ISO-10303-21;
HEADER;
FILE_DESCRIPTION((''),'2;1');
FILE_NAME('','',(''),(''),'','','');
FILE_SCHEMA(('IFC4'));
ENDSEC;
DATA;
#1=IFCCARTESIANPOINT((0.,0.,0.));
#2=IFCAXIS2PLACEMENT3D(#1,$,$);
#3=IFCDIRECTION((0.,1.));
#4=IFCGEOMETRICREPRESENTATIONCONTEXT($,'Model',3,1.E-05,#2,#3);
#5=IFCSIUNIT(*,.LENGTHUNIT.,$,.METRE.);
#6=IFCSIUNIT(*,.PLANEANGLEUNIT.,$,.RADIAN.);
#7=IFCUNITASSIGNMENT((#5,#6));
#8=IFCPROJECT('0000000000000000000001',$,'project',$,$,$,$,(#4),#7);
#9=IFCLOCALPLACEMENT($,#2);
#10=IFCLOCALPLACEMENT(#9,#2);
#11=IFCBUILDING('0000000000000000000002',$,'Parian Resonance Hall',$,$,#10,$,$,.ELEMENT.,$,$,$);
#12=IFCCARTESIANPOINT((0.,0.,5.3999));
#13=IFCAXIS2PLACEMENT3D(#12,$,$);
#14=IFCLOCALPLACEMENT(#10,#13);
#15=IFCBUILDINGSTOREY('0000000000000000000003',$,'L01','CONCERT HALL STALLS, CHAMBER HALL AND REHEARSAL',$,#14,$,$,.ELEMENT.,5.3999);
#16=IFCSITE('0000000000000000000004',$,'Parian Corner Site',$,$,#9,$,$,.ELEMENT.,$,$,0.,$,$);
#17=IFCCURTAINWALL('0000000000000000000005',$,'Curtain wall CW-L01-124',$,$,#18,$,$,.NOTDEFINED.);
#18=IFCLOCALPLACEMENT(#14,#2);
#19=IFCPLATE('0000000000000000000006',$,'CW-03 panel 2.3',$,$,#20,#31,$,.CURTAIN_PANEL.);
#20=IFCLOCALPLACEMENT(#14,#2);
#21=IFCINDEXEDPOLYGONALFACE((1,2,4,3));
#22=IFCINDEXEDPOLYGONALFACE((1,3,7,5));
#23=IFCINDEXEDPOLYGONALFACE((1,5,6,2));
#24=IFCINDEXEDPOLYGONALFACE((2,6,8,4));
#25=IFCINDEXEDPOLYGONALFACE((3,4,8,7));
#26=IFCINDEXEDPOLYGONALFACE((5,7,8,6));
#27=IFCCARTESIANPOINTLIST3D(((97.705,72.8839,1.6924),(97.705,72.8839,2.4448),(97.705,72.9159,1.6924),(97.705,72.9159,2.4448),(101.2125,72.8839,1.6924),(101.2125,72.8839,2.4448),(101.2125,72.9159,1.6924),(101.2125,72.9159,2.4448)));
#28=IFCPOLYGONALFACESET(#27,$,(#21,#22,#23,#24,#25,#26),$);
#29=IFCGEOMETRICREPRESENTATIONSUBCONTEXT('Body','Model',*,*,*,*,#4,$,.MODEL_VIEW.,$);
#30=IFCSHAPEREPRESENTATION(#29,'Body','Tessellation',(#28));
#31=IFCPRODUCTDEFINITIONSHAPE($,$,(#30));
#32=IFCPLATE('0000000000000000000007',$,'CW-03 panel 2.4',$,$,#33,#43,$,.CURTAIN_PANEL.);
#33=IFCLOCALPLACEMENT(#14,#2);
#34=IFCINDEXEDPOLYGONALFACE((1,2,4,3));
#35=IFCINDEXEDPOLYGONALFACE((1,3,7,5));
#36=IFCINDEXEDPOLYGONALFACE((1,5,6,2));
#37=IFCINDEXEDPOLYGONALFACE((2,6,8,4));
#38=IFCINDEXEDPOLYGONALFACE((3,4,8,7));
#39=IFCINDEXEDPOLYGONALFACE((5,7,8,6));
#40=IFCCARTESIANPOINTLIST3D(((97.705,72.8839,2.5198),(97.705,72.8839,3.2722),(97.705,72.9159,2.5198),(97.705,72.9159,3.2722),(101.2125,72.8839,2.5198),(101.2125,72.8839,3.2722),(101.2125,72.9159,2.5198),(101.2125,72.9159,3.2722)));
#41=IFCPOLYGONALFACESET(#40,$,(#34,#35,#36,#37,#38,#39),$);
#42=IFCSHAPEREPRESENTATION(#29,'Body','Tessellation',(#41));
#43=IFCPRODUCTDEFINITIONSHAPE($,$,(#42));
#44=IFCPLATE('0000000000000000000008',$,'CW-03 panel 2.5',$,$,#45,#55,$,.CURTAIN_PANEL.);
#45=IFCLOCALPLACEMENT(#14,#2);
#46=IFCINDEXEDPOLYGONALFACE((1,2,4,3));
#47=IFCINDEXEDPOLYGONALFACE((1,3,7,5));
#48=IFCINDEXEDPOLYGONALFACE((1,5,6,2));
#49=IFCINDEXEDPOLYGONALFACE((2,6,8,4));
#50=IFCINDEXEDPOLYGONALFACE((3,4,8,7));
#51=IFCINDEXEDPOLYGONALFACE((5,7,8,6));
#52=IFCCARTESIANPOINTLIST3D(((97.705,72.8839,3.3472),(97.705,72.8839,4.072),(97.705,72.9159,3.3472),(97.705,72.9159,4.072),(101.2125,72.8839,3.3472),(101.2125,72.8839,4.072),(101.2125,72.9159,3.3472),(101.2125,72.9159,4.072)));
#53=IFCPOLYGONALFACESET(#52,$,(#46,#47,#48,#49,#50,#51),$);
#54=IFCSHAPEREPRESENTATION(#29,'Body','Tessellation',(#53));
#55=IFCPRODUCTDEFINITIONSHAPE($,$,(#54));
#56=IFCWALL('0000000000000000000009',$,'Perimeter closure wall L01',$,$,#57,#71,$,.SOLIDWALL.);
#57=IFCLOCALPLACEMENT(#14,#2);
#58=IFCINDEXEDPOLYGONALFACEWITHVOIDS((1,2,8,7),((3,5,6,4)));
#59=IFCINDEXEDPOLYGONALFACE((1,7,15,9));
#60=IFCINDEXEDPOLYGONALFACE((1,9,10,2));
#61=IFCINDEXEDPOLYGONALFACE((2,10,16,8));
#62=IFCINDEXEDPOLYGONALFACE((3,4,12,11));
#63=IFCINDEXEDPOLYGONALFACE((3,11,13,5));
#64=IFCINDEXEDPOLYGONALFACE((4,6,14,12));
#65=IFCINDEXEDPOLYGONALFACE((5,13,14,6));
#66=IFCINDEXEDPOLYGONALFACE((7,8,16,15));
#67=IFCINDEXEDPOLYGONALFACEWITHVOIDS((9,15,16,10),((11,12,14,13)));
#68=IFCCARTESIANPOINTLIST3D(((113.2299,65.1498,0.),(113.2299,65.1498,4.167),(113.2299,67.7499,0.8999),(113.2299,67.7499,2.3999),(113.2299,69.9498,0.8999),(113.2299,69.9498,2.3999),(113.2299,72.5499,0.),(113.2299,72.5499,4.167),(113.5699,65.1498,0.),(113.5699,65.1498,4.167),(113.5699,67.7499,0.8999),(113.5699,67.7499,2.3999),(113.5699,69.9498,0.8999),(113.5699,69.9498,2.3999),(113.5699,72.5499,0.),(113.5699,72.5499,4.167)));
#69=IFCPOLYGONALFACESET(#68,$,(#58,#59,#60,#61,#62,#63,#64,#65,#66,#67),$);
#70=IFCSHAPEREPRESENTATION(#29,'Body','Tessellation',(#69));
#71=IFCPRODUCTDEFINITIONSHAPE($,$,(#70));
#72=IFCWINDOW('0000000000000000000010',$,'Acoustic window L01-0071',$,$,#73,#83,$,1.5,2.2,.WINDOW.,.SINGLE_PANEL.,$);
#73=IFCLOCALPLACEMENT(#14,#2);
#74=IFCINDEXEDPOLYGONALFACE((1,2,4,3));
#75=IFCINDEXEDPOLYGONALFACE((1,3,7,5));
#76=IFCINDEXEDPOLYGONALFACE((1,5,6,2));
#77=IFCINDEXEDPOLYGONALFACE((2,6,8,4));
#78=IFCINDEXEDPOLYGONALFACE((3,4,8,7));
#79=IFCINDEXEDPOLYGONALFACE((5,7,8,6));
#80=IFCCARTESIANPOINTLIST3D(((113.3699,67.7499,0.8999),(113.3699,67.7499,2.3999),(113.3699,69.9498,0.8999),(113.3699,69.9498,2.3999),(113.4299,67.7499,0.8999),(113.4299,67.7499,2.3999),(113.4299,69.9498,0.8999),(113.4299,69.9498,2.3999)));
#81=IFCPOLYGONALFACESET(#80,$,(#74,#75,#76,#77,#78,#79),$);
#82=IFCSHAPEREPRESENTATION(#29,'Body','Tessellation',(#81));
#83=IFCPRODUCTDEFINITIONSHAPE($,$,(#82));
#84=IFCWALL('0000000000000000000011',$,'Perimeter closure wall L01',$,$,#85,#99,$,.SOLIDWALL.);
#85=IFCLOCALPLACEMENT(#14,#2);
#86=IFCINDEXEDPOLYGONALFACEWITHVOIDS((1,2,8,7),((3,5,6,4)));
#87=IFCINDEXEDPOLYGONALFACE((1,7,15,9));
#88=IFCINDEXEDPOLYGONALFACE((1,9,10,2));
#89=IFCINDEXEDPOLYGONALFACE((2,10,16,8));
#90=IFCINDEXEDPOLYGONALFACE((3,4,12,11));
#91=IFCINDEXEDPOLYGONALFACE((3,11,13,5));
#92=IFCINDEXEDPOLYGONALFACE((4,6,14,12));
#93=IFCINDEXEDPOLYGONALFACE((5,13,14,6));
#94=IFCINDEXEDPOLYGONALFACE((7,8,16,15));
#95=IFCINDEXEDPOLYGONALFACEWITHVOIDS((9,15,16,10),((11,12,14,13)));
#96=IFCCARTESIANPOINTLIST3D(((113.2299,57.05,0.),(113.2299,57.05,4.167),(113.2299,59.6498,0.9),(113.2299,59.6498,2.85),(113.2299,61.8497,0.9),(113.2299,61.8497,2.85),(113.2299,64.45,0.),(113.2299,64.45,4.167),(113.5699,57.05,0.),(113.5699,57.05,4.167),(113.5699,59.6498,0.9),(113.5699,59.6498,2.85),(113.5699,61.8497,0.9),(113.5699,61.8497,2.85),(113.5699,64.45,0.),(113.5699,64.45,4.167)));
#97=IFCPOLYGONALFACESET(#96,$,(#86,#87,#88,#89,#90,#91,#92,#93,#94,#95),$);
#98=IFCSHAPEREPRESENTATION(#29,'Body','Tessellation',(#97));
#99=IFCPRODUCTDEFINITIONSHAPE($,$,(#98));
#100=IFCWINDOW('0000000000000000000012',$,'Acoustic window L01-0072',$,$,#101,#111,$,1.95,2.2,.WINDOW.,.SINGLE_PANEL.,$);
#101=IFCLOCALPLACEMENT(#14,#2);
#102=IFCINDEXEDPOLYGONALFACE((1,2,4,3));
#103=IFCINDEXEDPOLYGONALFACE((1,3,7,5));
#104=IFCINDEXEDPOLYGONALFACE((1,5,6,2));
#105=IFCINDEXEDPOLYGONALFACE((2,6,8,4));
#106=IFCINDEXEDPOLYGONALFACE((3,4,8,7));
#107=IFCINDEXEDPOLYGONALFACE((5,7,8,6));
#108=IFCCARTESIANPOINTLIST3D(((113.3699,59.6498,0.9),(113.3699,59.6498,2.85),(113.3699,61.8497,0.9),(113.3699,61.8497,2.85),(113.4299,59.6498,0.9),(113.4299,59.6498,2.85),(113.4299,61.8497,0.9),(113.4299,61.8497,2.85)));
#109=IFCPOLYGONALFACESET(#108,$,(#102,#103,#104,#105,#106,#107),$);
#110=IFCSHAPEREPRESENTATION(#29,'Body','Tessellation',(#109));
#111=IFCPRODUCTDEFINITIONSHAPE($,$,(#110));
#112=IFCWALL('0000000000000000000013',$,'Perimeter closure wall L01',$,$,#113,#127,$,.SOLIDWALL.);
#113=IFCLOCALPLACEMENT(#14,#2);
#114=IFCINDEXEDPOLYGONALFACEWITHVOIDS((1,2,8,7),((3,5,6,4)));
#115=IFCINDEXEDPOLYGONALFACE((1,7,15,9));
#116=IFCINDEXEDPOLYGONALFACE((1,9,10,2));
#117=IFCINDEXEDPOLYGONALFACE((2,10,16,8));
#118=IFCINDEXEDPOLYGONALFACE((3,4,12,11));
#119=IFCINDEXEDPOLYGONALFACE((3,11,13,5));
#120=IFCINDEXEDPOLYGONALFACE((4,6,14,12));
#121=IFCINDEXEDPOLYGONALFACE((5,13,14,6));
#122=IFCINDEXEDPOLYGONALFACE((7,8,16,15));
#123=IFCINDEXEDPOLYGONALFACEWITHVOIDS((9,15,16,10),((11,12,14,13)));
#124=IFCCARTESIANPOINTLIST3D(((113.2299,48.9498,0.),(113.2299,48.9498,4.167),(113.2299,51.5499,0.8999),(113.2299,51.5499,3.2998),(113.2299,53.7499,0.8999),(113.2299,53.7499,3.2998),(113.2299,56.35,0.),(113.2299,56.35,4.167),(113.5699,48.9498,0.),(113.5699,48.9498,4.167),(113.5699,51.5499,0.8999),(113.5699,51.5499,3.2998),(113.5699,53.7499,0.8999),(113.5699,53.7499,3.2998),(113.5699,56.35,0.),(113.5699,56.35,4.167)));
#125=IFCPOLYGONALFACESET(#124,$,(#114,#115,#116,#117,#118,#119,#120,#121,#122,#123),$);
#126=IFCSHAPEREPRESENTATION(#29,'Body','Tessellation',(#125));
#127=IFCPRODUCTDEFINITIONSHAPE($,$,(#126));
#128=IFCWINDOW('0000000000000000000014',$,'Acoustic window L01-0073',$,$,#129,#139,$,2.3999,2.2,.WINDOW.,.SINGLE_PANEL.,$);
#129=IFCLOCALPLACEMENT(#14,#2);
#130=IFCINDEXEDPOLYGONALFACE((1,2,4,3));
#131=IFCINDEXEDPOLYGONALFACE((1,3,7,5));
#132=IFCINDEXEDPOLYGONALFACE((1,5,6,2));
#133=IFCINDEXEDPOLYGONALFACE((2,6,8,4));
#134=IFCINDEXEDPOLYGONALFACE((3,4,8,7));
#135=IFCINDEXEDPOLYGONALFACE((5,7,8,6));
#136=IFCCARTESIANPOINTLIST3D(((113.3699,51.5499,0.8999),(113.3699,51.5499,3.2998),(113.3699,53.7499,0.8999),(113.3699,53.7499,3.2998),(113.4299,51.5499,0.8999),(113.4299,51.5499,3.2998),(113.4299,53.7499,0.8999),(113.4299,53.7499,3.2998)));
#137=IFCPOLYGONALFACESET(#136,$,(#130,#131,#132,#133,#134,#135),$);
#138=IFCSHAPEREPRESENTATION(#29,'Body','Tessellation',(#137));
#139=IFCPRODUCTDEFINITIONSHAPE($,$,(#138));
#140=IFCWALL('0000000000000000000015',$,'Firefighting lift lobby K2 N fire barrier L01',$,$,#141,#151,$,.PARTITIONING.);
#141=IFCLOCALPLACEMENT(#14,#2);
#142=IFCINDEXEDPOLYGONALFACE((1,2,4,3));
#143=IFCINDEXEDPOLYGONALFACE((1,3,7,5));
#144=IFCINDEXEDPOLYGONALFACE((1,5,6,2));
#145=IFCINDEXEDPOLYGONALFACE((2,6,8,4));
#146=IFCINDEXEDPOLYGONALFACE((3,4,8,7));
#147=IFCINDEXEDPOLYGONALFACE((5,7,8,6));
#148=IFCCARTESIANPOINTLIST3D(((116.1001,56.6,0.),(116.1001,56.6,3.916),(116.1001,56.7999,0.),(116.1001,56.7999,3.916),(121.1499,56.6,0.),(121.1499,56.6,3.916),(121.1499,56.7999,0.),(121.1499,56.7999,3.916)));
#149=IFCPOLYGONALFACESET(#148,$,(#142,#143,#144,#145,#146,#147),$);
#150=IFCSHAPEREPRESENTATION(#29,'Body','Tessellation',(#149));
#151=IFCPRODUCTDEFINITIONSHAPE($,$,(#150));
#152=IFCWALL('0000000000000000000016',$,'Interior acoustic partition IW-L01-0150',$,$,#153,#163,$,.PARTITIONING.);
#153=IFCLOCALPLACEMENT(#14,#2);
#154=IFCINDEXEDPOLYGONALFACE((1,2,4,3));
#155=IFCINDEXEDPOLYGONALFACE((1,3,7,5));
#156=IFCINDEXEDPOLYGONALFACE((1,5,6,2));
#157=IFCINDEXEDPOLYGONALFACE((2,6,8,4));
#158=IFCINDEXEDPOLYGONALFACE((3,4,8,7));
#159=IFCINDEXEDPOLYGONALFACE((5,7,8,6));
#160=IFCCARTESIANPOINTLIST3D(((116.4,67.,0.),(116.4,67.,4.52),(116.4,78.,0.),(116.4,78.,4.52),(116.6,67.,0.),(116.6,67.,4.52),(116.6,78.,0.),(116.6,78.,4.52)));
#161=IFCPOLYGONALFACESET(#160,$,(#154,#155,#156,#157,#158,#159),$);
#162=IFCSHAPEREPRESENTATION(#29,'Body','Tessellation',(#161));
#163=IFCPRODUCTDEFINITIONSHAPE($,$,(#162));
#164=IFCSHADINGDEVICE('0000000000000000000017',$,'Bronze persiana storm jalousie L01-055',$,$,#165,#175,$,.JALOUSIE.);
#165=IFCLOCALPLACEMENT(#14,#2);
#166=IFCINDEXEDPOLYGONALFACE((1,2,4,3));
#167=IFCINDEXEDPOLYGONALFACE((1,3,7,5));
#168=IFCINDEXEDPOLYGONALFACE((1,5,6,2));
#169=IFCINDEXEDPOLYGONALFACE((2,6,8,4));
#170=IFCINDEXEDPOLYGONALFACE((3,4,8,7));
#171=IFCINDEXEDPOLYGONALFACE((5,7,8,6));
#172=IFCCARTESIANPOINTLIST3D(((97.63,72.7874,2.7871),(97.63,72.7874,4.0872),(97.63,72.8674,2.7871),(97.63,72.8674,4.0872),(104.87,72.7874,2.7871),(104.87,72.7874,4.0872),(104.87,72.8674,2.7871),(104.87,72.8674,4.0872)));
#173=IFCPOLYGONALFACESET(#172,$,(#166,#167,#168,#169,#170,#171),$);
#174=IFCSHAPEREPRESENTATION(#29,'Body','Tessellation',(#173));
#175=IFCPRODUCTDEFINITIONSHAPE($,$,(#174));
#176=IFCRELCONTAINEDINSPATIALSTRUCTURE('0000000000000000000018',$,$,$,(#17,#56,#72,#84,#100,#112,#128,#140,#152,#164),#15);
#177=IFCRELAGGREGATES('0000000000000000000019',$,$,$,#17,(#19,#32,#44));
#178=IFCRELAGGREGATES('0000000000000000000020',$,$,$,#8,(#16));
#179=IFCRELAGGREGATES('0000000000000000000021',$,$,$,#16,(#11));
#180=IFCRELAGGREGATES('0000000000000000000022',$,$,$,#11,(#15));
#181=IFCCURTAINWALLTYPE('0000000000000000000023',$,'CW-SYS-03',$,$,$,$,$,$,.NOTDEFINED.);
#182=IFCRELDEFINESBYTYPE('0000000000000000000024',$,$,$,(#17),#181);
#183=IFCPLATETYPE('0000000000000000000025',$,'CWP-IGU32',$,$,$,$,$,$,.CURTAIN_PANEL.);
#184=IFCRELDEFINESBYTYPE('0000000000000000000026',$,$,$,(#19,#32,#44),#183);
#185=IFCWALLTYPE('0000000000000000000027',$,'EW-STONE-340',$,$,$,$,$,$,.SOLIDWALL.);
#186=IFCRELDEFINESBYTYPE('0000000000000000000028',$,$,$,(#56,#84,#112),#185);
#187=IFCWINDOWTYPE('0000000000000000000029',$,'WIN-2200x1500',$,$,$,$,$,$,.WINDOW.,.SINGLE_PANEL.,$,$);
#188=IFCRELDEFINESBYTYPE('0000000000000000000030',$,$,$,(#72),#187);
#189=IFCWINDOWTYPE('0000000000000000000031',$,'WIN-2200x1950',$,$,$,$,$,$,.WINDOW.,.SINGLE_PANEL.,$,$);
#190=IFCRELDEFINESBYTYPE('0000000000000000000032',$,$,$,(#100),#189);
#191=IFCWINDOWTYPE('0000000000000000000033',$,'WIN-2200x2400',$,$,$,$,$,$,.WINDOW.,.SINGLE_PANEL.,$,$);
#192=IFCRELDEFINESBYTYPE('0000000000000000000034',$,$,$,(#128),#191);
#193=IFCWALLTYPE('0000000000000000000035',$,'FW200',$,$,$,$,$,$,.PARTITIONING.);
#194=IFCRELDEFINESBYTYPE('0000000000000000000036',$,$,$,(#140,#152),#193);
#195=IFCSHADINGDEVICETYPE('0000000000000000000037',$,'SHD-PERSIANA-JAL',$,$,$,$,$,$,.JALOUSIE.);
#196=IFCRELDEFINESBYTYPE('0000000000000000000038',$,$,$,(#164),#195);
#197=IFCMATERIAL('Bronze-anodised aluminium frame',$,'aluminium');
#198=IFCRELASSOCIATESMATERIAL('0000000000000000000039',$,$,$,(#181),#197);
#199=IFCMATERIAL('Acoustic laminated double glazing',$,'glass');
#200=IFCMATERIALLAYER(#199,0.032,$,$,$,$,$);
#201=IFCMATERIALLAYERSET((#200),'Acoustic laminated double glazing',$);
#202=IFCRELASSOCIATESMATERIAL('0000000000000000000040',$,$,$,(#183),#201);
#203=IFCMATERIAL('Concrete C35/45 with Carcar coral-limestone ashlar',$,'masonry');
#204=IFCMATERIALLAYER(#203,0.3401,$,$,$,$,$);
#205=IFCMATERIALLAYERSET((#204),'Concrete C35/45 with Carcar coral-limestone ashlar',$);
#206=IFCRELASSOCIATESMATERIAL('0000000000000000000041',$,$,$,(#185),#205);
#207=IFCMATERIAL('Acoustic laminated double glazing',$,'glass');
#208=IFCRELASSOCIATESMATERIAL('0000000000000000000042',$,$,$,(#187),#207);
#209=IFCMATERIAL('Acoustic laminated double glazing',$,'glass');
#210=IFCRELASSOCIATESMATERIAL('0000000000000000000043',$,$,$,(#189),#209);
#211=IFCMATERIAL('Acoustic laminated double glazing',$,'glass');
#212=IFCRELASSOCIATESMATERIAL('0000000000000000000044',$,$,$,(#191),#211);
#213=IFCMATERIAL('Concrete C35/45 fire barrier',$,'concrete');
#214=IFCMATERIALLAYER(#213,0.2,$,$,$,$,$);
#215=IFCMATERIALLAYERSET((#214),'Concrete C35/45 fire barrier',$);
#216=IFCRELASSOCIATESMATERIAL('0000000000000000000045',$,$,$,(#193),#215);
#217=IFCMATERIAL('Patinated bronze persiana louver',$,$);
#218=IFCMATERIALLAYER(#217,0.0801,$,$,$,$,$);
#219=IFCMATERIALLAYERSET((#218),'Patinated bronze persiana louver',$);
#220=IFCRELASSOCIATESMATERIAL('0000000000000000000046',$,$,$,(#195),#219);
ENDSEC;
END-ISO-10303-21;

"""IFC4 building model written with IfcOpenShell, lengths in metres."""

from ifc_helpers import new_model, si_unit, direction, frame, frame_2d, origin, origin_2d, place, context, subcontext, project, spatial, rectangle, extrude, material, layer, layer_set, type_object, element, fill, aggregate, save


model = new_model("IFC4")

# Units and contexts
model_context = context("Model", 3, precision=1e-05, world=origin(), true_north=direction((0.0, 1.0)))
body_context = subcontext(model_context, "Body", "Model", "MODEL_VIEW")
ifc_project = project(units=[si_unit("LENGTHUNIT", "METRE"), si_unit("PLANEANGLEUNIT", "RADIAN")], contexts=[model_context])

# Site, building, storey
site_placement = place(None, origin())
site = spatial("IfcSite", under=ifc_project, at=site_placement, Name="Parian Corner Site", CompositionType="ELEMENT", RefElevation=0.0)
building_placement = place(site_placement, origin())
building = spatial("IfcBuilding", under=site, at=building_placement, Name="Parian Resonance Hall", CompositionType="ELEMENT")
storey_placement = place(building_placement, frame((0.0, 0.0, 5.3999)))
storey = spatial("IfcBuildingStorey", under=building, at=storey_placement, Name="L01", Description="CONCERT HALL STALLS, CHAMBER HALL AND REHEARSAL", CompositionType="ELEMENT", Elevation=5.3999)

# Curtain wall, plates
ifc_material_1 = material(Name="Bronze-anodised aluminium frame", Category="aluminium")
curtain_wall_type = type_object("IfcCurtainWallType", Name="CW-SYS-03", PredefinedType="NOTDEFINED", material=ifc_material_1)
curtain_wall_placement = place(storey_placement, origin())
curtain_wall = element("IfcCurtainWall", 1, at=curtain_wall_placement, inside=storey, type_object=curtain_wall_type, Name="Curtain wall CW-L01-124", PredefinedType="NOTDEFINED")
ifc_material_2 = material(Name="Acoustic laminated double glazing", Category="glass")
ifc_layer_1 = layer(ifc_material_2, 0.032)
ifc_layer_set_1 = layer_set([ifc_layer_1], Name="Acoustic laminated double glazing")
plate_type = type_object("IfcPlateType", Name="CWP-IGU32", PredefinedType="CURTAIN_PANEL", material=ifc_layer_set_1)
plate_1_placement = place(storey_placement, frame((99.4587, 72.8999, 1.6924), z_axis=(0.0, 0.0, 1.0), x_axis=(-1.0, 0.0, 0.0)))
plate_1 = element("IfcPlate", 2, at=plate_1_placement, type_object=plate_type, Name="CW-03 panel 2.3", PredefinedType="CURTAIN_PANEL", context=body_context, shape_type="SweptSolid", body=[
    extrude(rectangle(XDim=3.5076, YDim=0.032, at=origin_2d()), origin(), (0.0, 0.0, 1.0), 0.7524),
])
plate_2_placement = place(storey_placement, frame((99.4587, 72.8999, 2.5198), z_axis=(0.0, 0.0, 1.0), x_axis=(-1.0, 0.0, 0.0)))
plate_2 = element("IfcPlate", 3, at=plate_2_placement, type_object=plate_type, Name="CW-03 panel 2.4", PredefinedType="CURTAIN_PANEL", context=body_context, shape_type="SweptSolid", body=[
    extrude(rectangle(XDim=3.5076, YDim=0.032, at=origin_2d()), origin(), (0.0, 0.0, 1.0), 0.7524),
])
plate_3_placement = place(storey_placement, frame((99.4587, 72.8999, 3.3472), z_axis=(0.0, 0.0, 1.0), x_axis=(-1.0, 0.0, 0.0)))
plate_3 = element("IfcPlate", 4, at=plate_3_placement, type_object=plate_type, Name="CW-03 panel 2.5", PredefinedType="CURTAIN_PANEL", context=body_context, shape_type="SweptSolid", body=[
    extrude(rectangle(XDim=3.5076, YDim=0.032, at=origin_2d()), origin(), (0.0, 0.0, 1.0), 0.7249),
])
aggregate(curtain_wall, [plate_1, plate_2, plate_3])

# Walls, openings, windows
ifc_material_3 = material(Name="Concrete C35/45 with Carcar coral-limestone ashlar", Category="masonry")
ifc_layer_2 = layer(ifc_material_3, 0.3401)
ifc_layer_set_2 = layer_set([ifc_layer_2], Name="Concrete C35/45 with Carcar coral-limestone ashlar")
wall_type_1 = type_object("IfcWallType", Name="EW-STONE-340", PredefinedType="SOLIDWALL", material=ifc_layer_set_2)
wall_1_placement = place(storey_placement, frame((113.3999, 72.55, 0.0), z_axis=(0.0, 0.0, 1.0), x_axis=(0.0, -1.0, 0.0)))
wall_1 = element("IfcWall", 5, at=wall_1_placement, inside=storey, type_object=wall_type_1, Name="Perimeter closure wall L01", PredefinedType="SOLIDWALL", context=body_context, shape_type="SweptSolid", body=[
    extrude(rectangle(XDim=7.4001, YDim=0.3401, at=frame_2d((3.7002, 0.0))), origin(), (0.0, 0.0, 1.0), 4.167),
])
opening_1_placement = place(wall_1_placement, frame((2.6001, 0.0, 0.8999)))
opening_1 = element("IfcOpeningElement", 6, at=opening_1_placement, cuts=wall_1, PredefinedType="OPENING", context=body_context, shape_type="SweptSolid", body=[
    extrude(rectangle(XDim=2.2, YDim=1.5, at=frame_2d((1.1001, 0.75))), frame((0.0, 0.1799, 0.0), z_axis=(0.0, -1.0, 0.0), x_axis=(1.0, 0.0, 0.0)), (0.0, 0.0, 1.0), 0.3601),
])
ifc_material_4 = material(Name="Acoustic laminated double glazing", Category="glass")
window_type_1 = type_object("IfcWindowType", Name="WIN-2200x1500", PartitioningType="SINGLE_PANEL", PredefinedType="WINDOW", material=ifc_material_4)
window_1_placement = place(opening_1_placement, origin())
window_1 = element("IfcWindow", 7, at=window_1_placement, inside=storey, type_object=window_type_1, Name="Acoustic window L01-0071", OverallHeight=1.5, OverallWidth=2.2, PartitioningType="SINGLE_PANEL", PredefinedType="WINDOW", context=body_context, shape_type="SweptSolid", body=[
    extrude(rectangle(XDim=2.2, YDim=1.5, at=frame_2d((1.1001, 0.75))), frame((0.0, 0.03, 0.0), z_axis=(0.0, -1.0, 0.0), x_axis=(1.0, 0.0, 0.0)), (0.0, 0.0, 1.0), 0.0601),
])
fill(opening_1, window_1)
wall_2_placement = place(storey_placement, frame((113.3999, 64.45, 0.0), z_axis=(0.0, 0.0, 1.0), x_axis=(0.0, -1.0, 0.0)))
wall_2 = element("IfcWall", 8, at=wall_2_placement, inside=storey, type_object=wall_type_1, Name="Perimeter closure wall L01", PredefinedType="SOLIDWALL", context=body_context, shape_type="SweptSolid", body=[
    extrude(rectangle(XDim=7.3999, YDim=0.3401, at=frame_2d((3.7, 0.0))), origin(), (0.0, 0.0, 1.0), 4.167),
])
opening_2_placement = place(wall_2_placement, frame((2.6001, 0.0, 0.8999)))
opening_2 = element("IfcOpeningElement", 9, at=opening_2_placement, cuts=wall_2, PredefinedType="OPENING", context=body_context, shape_type="SweptSolid", body=[
    extrude(rectangle(XDim=2.2, YDim=1.95, at=frame_2d((1.1001, 0.9751))), frame((0.0, 0.1799, 0.0), z_axis=(0.0, -1.0, 0.0), x_axis=(1.0, 0.0, 0.0)), (0.0, 0.0, 1.0), 0.3601),
])
ifc_material_5 = material(Name="Acoustic laminated double glazing", Category="glass")
window_type_2 = type_object("IfcWindowType", Name="WIN-2200x1950", PartitioningType="SINGLE_PANEL", PredefinedType="WINDOW", material=ifc_material_5)
window_2_placement = place(opening_2_placement, origin())
window_2 = element("IfcWindow", 10, at=window_2_placement, inside=storey, type_object=window_type_2, Name="Acoustic window L01-0072", OverallHeight=1.95, OverallWidth=2.2, PartitioningType="SINGLE_PANEL", PredefinedType="WINDOW", context=body_context, shape_type="SweptSolid", body=[
    extrude(rectangle(XDim=2.2, YDim=1.95, at=frame_2d((1.1001, 0.9751))), frame((0.0, 0.03, 0.0), z_axis=(0.0, -1.0, 0.0), x_axis=(1.0, 0.0, 0.0)), (0.0, 0.0, 1.0), 0.0601),
])
fill(opening_2, window_2)
wall_3_placement = place(storey_placement, frame((113.3999, 56.3501, 0.0), z_axis=(0.0, 0.0, 1.0), x_axis=(0.0, -1.0, 0.0)))
wall_3 = element("IfcWall", 11, at=wall_3_placement, inside=storey, type_object=wall_type_1, Name="Perimeter closure wall L01", PredefinedType="SOLIDWALL", context=body_context, shape_type="SweptSolid", body=[
    extrude(rectangle(XDim=7.4001, YDim=0.3401, at=frame_2d((3.7002, 0.0))), origin(), (0.0, 0.0, 1.0), 4.167),
])
opening_3_placement = place(wall_3_placement, frame((2.6001, 0.0, 0.8999)))
opening_3 = element("IfcOpeningElement", 12, at=opening_3_placement, cuts=wall_3, PredefinedType="OPENING", context=body_context, shape_type="SweptSolid", body=[
    extrude(rectangle(XDim=2.2, YDim=2.3999, at=frame_2d((1.1001, 1.2))), frame((0.0, 0.1799, 0.0), z_axis=(0.0, -1.0, 0.0), x_axis=(1.0, 0.0, 0.0)), (0.0, 0.0, 1.0), 0.3601),
])
ifc_material_6 = material(Name="Acoustic laminated double glazing", Category="glass")
window_type_3 = type_object("IfcWindowType", Name="WIN-2200x2400", PartitioningType="SINGLE_PANEL", PredefinedType="WINDOW", material=ifc_material_6)
window_3_placement = place(opening_3_placement, origin())
window_3 = element("IfcWindow", 13, at=window_3_placement, inside=storey, type_object=window_type_3, Name="Acoustic window L01-0073", OverallHeight=2.3999, OverallWidth=2.2, PartitioningType="SINGLE_PANEL", PredefinedType="WINDOW", context=body_context, shape_type="SweptSolid", body=[
    extrude(rectangle(XDim=2.2, YDim=2.3999, at=frame_2d((1.1001, 1.2))), frame((0.0, 0.03, 0.0), z_axis=(0.0, -1.0, 0.0), x_axis=(1.0, 0.0, 0.0)), (0.0, 0.0, 1.0), 0.0601),
])
fill(opening_3, window_3)

# Walls
ifc_material_7 = material(Name="Concrete C35/45 fire barrier", Category="concrete")
ifc_layer_3 = layer(ifc_material_7, 0.2)
ifc_layer_set_3 = layer_set([ifc_layer_3], Name="Concrete C35/45 fire barrier")
wall_type_2 = type_object("IfcWallType", Name="FW200", PredefinedType="PARTITIONING", material=ifc_layer_set_3)
wall_4_placement = place(storey_placement, frame((116.1001, 56.7, 0.0), z_axis=(0.0, 0.0, 1.0), x_axis=(1.0, 0.0, 0.0)))
element("IfcWall", 14, at=wall_4_placement, inside=storey, type_object=wall_type_2, Name="Firefighting lift lobby K2 N fire barrier L01", PredefinedType="PARTITIONING", context=body_context, shape_type="SweptSolid", body=[
    extrude(rectangle(XDim=5.0498, YDim=0.2, at=frame_2d((2.5249, 0.0))), origin(), (0.0, 0.0, 1.0), 3.916),
])
wall_5_placement = place(storey_placement, frame((116.5, 67.0, 0.0), z_axis=(0.0, 0.0, 1.0), x_axis=(0.0, 1.0, 0.0)))
element("IfcWall", 15, at=wall_5_placement, inside=storey, type_object=wall_type_2, Name="Interior acoustic partition IW-L01-0150", PredefinedType="PARTITIONING", context=body_context, shape_type="SweptSolid", body=[
    extrude(rectangle(XDim=11.0, YDim=0.2, at=frame_2d((5.5, 0.0))), origin(), (0.0, 0.0, 1.0), 4.52),
])

# Shading device
ifc_material_8 = material(Name="Patinated bronze persiana louver")
ifc_layer_4 = layer(ifc_material_8, 0.0801)
ifc_layer_set_4 = layer_set([ifc_layer_4], Name="Patinated bronze persiana louver")
shading_device_type = type_object("IfcShadingDeviceType", Name="SHD-PERSIANA-JAL", PredefinedType="JALOUSIE", material=ifc_layer_set_4)
for number, where, z_axis, x_axis, name in (
    (16, (101.25, 72.8274, 2.7871), (0.0, 0.0, 1.0), (-1.0, 0.0, 0.0), "Bronze persiana storm jalousie L01-055"),
):
    element("IfcShadingDevice", number, at=place(storey_placement, frame(where, z_axis=z_axis, x_axis=x_axis)), inside=storey, type_object=shading_device_type, Name=name, PredefinedType="JALOUSIE", context=body_context, shape_type="SweptSolid", body=[
        extrude(rectangle(XDim=7.24, YDim=0.0801, at=origin_2d()), origin(), (0.0, 0.0, 1.0), 1.3),
    ])

save(model, "model.ifc")
